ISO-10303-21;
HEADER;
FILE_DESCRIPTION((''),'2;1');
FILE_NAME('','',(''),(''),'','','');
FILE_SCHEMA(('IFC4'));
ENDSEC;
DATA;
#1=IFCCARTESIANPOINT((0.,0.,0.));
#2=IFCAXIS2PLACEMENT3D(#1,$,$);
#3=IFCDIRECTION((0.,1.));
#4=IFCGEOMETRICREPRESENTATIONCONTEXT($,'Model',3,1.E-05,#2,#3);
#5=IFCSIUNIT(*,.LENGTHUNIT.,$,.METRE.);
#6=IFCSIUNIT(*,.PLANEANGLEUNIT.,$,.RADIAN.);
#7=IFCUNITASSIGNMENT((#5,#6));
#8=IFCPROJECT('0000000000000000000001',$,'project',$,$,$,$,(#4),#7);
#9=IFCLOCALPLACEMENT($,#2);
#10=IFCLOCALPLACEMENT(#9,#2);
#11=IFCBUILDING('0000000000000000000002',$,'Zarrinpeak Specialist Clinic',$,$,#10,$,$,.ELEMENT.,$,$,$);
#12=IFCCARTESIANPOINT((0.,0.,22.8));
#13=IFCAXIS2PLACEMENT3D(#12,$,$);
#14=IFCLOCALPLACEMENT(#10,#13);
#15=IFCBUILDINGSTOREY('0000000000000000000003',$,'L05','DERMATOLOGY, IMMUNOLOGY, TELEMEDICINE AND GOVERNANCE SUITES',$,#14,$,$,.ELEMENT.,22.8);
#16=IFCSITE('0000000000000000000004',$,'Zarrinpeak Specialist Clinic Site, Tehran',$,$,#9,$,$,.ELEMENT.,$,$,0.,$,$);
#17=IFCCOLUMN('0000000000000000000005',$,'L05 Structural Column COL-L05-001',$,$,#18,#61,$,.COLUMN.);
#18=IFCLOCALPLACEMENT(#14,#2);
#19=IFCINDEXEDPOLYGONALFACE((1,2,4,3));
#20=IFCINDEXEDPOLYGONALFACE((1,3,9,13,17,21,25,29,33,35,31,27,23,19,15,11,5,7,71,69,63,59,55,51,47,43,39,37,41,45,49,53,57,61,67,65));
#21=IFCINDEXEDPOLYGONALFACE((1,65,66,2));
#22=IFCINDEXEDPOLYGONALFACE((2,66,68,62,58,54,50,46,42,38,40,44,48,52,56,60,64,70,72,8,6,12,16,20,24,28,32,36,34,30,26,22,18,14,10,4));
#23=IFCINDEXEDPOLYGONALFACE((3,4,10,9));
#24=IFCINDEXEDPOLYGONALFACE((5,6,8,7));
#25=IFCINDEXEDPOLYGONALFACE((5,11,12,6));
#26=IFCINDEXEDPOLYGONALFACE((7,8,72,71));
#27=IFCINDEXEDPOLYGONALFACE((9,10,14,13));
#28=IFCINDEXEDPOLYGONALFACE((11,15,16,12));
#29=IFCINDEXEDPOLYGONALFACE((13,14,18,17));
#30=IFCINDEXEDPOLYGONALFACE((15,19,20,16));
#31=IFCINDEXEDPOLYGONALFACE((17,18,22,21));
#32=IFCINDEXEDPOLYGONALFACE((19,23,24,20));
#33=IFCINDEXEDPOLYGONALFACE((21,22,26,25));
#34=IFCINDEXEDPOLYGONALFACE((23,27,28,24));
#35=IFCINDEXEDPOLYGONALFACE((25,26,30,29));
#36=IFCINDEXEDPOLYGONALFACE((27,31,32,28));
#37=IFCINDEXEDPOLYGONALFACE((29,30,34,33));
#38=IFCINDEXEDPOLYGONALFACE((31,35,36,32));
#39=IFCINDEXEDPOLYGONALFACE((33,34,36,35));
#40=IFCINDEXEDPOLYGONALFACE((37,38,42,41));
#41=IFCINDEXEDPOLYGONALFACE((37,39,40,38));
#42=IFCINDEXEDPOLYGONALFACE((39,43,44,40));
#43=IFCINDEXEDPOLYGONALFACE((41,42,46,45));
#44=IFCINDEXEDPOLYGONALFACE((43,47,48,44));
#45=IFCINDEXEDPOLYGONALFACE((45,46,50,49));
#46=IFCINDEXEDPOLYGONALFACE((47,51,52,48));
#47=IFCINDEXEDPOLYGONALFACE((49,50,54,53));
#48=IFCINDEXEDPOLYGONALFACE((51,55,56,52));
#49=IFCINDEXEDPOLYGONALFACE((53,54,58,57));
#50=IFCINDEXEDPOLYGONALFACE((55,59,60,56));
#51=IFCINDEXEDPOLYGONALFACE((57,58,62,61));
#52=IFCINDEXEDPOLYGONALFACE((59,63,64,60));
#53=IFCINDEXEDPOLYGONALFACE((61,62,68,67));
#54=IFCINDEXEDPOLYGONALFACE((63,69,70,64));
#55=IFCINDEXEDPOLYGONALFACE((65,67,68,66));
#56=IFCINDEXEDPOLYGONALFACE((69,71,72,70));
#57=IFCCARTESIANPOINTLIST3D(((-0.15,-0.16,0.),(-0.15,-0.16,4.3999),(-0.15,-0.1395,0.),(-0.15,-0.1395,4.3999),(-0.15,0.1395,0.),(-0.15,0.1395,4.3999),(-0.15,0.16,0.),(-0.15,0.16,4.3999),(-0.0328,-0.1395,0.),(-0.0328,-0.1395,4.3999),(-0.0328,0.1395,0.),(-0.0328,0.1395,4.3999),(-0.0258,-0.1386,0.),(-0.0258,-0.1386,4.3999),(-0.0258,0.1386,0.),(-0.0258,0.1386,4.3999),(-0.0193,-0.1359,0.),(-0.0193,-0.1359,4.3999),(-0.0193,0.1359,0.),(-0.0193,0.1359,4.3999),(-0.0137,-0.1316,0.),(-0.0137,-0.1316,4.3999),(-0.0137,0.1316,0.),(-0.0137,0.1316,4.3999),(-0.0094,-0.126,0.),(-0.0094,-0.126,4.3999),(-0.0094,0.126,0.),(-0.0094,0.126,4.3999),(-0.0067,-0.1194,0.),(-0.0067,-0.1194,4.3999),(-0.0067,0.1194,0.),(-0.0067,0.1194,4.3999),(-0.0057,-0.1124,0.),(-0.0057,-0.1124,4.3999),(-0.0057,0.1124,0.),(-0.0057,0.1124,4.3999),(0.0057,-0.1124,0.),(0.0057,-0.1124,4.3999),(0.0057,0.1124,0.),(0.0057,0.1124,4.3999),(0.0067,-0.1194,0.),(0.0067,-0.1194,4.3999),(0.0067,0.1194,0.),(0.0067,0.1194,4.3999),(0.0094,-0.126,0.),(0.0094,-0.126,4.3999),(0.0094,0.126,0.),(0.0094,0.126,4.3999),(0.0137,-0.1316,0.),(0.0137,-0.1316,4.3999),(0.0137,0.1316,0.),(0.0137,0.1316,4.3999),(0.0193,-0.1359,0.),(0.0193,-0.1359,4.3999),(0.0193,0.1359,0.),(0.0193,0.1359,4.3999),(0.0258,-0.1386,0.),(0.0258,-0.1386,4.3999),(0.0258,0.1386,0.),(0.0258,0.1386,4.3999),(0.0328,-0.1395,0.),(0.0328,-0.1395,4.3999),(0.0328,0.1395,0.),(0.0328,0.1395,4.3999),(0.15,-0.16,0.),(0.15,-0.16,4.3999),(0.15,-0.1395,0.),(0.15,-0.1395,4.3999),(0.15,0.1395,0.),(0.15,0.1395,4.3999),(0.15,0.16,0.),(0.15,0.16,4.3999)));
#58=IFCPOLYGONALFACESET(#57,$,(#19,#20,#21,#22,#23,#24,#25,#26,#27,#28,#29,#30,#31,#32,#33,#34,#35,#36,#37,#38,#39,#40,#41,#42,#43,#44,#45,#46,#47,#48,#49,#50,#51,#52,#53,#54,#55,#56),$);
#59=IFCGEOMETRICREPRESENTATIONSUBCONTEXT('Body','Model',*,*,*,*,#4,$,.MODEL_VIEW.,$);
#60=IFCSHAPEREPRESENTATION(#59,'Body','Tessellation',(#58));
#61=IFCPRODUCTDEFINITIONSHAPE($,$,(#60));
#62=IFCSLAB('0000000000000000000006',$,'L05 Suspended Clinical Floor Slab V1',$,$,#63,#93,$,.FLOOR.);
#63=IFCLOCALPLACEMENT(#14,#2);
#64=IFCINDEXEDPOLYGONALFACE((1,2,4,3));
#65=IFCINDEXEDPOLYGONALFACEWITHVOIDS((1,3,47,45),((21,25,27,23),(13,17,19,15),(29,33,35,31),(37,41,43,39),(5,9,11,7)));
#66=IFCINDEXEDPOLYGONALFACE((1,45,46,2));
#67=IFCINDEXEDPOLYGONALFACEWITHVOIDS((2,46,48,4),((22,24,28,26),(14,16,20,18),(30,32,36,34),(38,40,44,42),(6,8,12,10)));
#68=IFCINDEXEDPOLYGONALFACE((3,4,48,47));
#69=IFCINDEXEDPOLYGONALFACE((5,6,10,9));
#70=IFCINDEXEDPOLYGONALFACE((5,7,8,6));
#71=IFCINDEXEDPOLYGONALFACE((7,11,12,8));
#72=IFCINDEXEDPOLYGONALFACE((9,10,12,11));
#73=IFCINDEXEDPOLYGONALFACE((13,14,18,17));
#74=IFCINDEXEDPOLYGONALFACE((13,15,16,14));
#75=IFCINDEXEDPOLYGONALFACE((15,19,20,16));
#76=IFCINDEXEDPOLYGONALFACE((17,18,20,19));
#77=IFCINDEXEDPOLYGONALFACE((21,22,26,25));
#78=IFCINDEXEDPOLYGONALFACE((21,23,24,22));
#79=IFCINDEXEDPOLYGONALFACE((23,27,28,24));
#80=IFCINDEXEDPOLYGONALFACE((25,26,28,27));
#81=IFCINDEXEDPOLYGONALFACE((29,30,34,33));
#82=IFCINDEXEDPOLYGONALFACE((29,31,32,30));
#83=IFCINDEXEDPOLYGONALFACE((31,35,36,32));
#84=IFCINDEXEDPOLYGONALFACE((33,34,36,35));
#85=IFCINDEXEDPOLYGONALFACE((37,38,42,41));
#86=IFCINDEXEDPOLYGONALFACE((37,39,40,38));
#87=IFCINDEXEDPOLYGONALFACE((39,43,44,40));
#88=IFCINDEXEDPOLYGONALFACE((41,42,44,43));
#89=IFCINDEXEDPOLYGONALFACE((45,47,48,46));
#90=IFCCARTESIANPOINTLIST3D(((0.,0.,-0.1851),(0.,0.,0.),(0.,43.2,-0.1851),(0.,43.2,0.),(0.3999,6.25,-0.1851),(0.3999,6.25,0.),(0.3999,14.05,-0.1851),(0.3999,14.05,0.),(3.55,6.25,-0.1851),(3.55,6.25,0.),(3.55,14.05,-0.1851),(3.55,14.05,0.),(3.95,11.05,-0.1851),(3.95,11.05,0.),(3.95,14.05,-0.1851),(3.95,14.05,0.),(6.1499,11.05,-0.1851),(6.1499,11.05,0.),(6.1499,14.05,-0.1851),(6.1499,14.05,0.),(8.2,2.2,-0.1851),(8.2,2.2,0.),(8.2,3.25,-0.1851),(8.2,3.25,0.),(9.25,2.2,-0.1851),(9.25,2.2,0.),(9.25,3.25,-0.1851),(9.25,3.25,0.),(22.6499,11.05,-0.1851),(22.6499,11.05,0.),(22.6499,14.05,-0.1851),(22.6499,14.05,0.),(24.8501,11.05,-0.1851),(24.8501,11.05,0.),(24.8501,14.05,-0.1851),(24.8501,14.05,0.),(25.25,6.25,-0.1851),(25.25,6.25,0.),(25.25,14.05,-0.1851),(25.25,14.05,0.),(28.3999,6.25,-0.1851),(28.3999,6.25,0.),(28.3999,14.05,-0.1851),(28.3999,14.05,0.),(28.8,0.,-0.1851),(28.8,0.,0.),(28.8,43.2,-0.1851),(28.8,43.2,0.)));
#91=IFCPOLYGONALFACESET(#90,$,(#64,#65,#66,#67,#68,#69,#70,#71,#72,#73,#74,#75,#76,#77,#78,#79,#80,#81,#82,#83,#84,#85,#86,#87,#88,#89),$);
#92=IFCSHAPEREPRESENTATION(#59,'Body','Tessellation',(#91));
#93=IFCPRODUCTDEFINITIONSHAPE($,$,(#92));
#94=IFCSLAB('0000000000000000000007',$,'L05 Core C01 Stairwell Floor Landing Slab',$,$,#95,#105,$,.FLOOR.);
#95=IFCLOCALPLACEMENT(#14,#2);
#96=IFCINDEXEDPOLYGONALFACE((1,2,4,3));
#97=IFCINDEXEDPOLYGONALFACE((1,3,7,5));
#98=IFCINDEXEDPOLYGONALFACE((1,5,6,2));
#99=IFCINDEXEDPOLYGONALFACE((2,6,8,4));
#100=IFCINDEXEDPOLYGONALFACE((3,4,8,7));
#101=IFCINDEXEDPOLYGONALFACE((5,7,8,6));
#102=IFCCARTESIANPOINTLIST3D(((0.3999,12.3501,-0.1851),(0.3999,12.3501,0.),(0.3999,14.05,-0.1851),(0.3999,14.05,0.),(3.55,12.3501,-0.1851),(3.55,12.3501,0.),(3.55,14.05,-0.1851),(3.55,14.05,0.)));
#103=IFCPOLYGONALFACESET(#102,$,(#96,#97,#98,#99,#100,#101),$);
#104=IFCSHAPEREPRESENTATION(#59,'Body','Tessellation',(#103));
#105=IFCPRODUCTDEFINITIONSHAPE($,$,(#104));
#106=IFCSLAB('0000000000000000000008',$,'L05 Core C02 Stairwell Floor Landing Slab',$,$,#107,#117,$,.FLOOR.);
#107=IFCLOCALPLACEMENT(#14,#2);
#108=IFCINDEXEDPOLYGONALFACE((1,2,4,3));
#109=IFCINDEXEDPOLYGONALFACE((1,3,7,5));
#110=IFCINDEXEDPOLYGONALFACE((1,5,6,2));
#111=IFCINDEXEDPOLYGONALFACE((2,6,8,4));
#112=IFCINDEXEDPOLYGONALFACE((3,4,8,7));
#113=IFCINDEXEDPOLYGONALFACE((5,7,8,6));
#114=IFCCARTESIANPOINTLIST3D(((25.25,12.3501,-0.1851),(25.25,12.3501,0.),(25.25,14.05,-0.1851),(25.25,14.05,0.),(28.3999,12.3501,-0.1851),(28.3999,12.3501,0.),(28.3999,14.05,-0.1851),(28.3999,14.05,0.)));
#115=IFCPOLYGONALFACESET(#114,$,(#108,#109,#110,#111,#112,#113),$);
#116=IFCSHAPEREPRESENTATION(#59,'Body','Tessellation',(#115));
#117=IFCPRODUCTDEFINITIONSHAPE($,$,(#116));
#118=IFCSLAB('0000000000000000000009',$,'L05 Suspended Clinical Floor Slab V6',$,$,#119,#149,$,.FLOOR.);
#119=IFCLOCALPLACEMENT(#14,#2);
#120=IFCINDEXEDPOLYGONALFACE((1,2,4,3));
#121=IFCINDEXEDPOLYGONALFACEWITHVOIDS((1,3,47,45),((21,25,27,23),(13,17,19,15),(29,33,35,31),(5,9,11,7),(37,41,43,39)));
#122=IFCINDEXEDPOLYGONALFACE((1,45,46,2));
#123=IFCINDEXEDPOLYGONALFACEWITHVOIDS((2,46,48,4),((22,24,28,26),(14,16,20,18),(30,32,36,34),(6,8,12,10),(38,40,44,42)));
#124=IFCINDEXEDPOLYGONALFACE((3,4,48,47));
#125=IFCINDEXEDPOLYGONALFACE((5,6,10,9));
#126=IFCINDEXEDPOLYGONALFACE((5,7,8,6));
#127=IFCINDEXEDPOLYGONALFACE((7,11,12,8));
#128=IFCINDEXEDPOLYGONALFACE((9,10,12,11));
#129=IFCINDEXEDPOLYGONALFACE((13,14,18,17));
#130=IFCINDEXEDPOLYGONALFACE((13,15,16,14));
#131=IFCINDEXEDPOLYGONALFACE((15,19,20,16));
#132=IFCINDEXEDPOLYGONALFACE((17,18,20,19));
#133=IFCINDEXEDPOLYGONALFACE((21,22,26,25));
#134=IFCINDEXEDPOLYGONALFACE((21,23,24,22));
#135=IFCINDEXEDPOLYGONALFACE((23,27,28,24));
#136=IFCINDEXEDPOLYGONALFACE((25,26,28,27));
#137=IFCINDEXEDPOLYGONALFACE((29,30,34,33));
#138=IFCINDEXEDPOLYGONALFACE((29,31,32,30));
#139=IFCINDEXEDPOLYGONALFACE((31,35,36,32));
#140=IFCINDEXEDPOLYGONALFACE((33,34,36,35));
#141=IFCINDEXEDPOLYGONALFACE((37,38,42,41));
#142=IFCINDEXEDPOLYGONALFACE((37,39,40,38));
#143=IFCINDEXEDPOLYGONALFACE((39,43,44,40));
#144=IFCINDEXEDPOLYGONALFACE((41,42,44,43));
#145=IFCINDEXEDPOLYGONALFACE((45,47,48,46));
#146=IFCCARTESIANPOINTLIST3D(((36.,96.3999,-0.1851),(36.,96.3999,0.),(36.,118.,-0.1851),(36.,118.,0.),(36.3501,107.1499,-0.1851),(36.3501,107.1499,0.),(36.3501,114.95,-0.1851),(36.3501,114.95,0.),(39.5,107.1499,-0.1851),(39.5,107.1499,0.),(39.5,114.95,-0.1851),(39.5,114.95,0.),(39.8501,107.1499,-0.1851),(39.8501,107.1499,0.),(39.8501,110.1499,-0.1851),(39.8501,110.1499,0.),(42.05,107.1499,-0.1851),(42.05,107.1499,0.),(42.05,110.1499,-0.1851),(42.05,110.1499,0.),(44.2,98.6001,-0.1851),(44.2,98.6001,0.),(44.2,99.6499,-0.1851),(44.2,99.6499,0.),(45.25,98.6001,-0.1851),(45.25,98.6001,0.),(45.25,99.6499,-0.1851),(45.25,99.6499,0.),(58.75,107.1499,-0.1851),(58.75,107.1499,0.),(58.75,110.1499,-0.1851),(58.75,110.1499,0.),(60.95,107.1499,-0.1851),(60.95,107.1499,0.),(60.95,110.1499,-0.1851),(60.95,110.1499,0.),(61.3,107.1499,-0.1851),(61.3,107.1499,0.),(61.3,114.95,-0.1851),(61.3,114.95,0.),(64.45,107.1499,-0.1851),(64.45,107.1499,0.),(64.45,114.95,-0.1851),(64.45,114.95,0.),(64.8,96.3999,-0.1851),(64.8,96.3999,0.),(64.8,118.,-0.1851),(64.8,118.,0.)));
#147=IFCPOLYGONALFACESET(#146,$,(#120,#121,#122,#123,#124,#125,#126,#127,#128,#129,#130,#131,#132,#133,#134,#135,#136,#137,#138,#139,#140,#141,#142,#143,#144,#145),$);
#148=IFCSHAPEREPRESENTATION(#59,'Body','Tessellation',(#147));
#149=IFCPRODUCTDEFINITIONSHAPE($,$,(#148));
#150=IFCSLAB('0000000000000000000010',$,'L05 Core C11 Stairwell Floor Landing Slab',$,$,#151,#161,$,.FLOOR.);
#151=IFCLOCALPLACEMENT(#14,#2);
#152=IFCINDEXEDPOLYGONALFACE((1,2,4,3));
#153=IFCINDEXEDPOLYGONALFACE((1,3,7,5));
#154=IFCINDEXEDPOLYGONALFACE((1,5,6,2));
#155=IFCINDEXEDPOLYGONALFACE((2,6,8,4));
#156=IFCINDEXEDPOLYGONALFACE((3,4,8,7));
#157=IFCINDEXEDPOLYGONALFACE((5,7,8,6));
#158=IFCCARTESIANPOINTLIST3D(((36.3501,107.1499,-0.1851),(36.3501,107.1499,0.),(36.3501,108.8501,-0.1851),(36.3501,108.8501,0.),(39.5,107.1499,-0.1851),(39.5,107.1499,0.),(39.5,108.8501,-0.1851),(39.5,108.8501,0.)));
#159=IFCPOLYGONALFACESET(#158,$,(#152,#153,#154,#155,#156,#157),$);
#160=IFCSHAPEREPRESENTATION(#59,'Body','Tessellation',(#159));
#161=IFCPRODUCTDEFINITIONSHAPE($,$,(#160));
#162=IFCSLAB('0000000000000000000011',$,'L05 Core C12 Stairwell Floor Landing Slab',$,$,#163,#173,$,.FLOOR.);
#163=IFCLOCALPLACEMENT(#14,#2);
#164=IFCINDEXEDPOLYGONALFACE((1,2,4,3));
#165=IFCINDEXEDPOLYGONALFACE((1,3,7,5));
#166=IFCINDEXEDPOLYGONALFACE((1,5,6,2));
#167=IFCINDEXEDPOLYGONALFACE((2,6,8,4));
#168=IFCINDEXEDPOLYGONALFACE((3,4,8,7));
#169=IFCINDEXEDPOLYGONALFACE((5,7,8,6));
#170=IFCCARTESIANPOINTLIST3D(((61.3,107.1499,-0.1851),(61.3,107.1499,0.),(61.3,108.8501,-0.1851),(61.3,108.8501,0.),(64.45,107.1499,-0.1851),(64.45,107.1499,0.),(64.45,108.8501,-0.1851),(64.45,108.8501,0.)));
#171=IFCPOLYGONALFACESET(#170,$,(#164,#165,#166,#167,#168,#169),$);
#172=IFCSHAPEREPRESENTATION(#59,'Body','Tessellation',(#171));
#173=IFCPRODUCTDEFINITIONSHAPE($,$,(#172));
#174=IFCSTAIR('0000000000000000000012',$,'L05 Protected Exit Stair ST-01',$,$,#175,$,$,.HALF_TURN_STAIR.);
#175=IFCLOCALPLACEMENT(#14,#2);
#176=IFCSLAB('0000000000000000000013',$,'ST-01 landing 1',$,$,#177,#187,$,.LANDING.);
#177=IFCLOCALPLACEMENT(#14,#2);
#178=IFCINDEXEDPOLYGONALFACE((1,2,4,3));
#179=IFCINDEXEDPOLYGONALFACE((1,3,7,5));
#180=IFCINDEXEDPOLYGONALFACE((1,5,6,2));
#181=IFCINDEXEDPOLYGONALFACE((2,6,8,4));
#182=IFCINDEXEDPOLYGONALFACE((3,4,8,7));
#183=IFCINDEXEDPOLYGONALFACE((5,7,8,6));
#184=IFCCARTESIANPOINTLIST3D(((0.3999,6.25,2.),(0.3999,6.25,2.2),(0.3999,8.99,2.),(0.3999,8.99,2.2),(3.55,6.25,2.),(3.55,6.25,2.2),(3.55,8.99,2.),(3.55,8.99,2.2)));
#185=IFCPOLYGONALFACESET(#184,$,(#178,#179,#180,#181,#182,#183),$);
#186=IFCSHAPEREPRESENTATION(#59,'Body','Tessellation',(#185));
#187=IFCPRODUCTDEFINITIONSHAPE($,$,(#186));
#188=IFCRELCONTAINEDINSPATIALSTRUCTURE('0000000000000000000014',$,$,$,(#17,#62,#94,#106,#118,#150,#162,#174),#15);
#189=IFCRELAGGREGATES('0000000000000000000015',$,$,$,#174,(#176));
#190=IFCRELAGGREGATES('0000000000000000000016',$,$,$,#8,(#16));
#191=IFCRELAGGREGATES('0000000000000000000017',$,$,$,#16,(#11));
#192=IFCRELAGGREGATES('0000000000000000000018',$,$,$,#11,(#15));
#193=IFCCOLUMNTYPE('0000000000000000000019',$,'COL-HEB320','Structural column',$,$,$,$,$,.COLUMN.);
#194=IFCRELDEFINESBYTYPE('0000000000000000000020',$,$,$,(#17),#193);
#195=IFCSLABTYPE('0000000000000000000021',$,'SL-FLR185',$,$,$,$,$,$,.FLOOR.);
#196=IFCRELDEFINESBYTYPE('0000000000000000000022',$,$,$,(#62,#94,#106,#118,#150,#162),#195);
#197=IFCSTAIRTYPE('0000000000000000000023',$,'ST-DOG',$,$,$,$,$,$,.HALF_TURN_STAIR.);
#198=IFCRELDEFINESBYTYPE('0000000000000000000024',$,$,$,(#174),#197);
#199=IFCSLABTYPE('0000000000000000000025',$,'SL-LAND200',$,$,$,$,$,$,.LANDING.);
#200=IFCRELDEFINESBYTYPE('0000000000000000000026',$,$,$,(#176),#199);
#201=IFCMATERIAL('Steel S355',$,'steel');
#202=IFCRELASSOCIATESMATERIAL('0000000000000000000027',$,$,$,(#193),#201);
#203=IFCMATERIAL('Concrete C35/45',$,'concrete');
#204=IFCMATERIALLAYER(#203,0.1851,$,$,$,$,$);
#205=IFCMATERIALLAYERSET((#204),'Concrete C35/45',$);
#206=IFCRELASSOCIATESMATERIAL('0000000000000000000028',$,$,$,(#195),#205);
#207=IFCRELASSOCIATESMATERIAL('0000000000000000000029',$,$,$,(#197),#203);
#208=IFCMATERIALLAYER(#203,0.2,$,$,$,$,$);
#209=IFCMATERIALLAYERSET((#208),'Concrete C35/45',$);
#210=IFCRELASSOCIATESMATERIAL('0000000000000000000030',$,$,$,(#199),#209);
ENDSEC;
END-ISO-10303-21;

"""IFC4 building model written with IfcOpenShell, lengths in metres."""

from ifc_helpers import new_model, si_unit, direction, frame, origin, origin_with_axes, origin_2d, place, context, subcontext, project, spatial, polyline, i_section, outline, extrude, material, layer, layer_set, material_profile, profile_set, type_object, element, aggregate, save


model = new_model("IFC4")

# Units and contexts
model_context = context("Model", 3, precision=1e-05, world=origin(), true_north=direction((0.0, 1.0)))
body_context = subcontext(model_context, "Body", "Model", "MODEL_VIEW")
ifc_project = project(units=[si_unit("LENGTHUNIT", "METRE"), si_unit("PLANEANGLEUNIT", "RADIAN")], contexts=[model_context])

# Site, building, storey
site_placement = place(None, origin())
site = spatial("IfcSite", under=ifc_project, at=site_placement, Name="Zarrinpeak Specialist Clinic Site, Tehran", CompositionType="ELEMENT", RefElevation=0.0)
building_placement = place(site_placement, origin())
building = spatial("IfcBuilding", under=site, at=building_placement, Name="Zarrinpeak Specialist Clinic", CompositionType="ELEMENT")
storey_placement = place(building_placement, frame((0.0, 0.0, 22.8)))
storey = spatial("IfcBuildingStorey", under=building, at=storey_placement, Name="L05", Description="DERMATOLOGY, IMMUNOLOGY, TELEMEDICINE AND GOVERNANCE SUITES", CompositionType="ELEMENT", Elevation=22.8)

# Column
ifc_material_1 = material(Name="Steel S355", Category="steel")
ifc_material_profile = material_profile(ifc_material_1, i_section(OverallWidth=0.3, OverallDepth=0.3201, WebThickness=0.0115, FlangeThickness=0.0205, FilletRadius=0.0271, at=origin_2d()), Name="HEB 320")
ifc_profile_set = profile_set([ifc_material_profile], Name="Steel S355")
column_type = type_object("IfcColumnType", Name="COL-HEB320", Description="Structural column", PredefinedType="COLUMN", material=ifc_profile_set)
column_placement = place(storey_placement, origin_with_axes())
element("IfcColumn", 1, at=column_placement, inside=storey, type_object=column_type, Name="L05 Structural Column COL-L05-001", PredefinedType="COLUMN", context=body_context, shape_type="SweptSolid", body=[
    extrude(i_section(OverallWidth=0.3, OverallDepth=0.3201, WebThickness=0.0115, FlangeThickness=0.0205, FilletRadius=0.0271, at=origin_2d()), origin(), (0.0, 0.0, 1.0), 4.3999),
])

# Slabs
ifc_material_2 = material(Name="Concrete C35/45", Category="concrete")
ifc_layer_1 = layer(ifc_material_2, 0.1851)
ifc_layer_set_1 = layer_set([ifc_layer_1], Name="Concrete C35/45")
slab_type_1 = type_object("IfcSlabType", Name="SL-FLR185", PredefinedType="FLOOR", material=ifc_layer_set_1)
slab_1_placement = place(storey_placement, frame((0.0, 0.0, -0.1851)))
element("IfcSlab", 2, at=slab_1_placement, inside=storey, type_object=slab_type_1, Name="L05 Suspended Clinical Floor Slab V1", PredefinedType="FLOOR", context=body_context, shape_type="SweptSolid", body=[
    extrude(outline(polyline([(0.0, 0.0), (28.8, 0.0), (28.8, 43.2), (0.0, 43.2), (0.0, 0.0)]), holes=[polyline([(0.3999, 6.25), (3.55, 6.25), (3.55, 14.05), (0.3999, 14.05), (0.3999, 6.25)]), polyline([(3.95, 11.05), (6.1499, 11.05), (6.1499, 14.05), (3.95, 14.05), (3.95, 11.05)]), polyline([(25.25, 6.25), (28.3999, 6.25), (28.3999, 14.05), (25.25, 14.05), (25.25, 6.25)]), polyline([(22.6499, 11.05), (24.8501, 11.05), (24.8501, 14.05), (22.6499, 14.05), (22.6499, 11.05)]), polyline([(8.2, 2.2), (9.25, 2.2), (9.25, 3.25), (8.2, 3.25), (8.2, 2.2)])]), origin(), (0.0, 0.0, 1.0), 0.1851),
])
slab_2_placement = place(storey_placement, frame((0.0, 0.0, -0.1851)))
element("IfcSlab", 3, at=slab_2_placement, inside=storey, type_object=slab_type_1, Name="L05 Core C01 Stairwell Floor Landing Slab", PredefinedType="FLOOR", context=body_context, shape_type="SweptSolid", body=[
    extrude(outline(polyline([(0.3999, 12.3501), (3.55, 12.3501), (3.55, 14.05), (0.3999, 14.05), (0.3999, 12.3501)])), origin(), (0.0, 0.0, 1.0), 0.1851),
])
slab_3_placement = place(storey_placement, frame((0.0, 0.0, -0.1851)))
element("IfcSlab", 4, at=slab_3_placement, inside=storey, type_object=slab_type_1, Name="L05 Core C02 Stairwell Floor Landing Slab", PredefinedType="FLOOR", context=body_context, shape_type="SweptSolid", body=[
    extrude(outline(polyline([(25.25, 12.3501), (28.3999, 12.3501), (28.3999, 14.05), (25.25, 14.05), (25.25, 12.3501)])), origin(), (0.0, 0.0, 1.0), 0.1851),
])
slab_4_placement = place(storey_placement, frame((0.0, 0.0, -0.1851)))
element("IfcSlab", 5, at=slab_4_placement, inside=storey, type_object=slab_type_1, Name="L05 Suspended Clinical Floor Slab V6", PredefinedType="FLOOR", context=body_context, shape_type="SweptSolid", body=[
    extrude(outline(polyline([(36.0, 96.3999), (64.8, 96.3999), (64.8, 118.0), (36.0, 118.0), (36.0, 96.3999)]), holes=[polyline([(36.3501, 107.1499), (39.5, 107.1499), (39.5, 114.95), (36.3501, 114.95), (36.3501, 107.1499)]), polyline([(39.8501, 107.1499), (42.05, 107.1499), (42.05, 110.1499), (39.8501, 110.1499), (39.8501, 107.1499)]), polyline([(61.3, 107.1499), (64.45, 107.1499), (64.45, 114.95), (61.3, 114.95), (61.3, 107.1499)]), polyline([(58.75, 107.1499), (60.95, 107.1499), (60.95, 110.1499), (58.75, 110.1499), (58.75, 107.1499)]), polyline([(44.2, 98.6001), (45.25, 98.6001), (45.25, 99.6499), (44.2, 99.6499), (44.2, 98.6001)])]), origin(), (0.0, 0.0, 1.0), 0.1851),
])
slab_5_placement = place(storey_placement, frame((0.0, 0.0, -0.1851)))
element("IfcSlab", 6, at=slab_5_placement, inside=storey, type_object=slab_type_1, Name="L05 Core C11 Stairwell Floor Landing Slab", PredefinedType="FLOOR", context=body_context, shape_type="SweptSolid", body=[
    extrude(outline(polyline([(36.3501, 107.1499), (39.5, 107.1499), (39.5, 108.8501), (36.3501, 108.8501), (36.3501, 107.1499)])), origin(), (0.0, 0.0, 1.0), 0.1851),
])
slab_6_placement = place(storey_placement, frame((0.0, 0.0, -0.1851)))
element("IfcSlab", 7, at=slab_6_placement, inside=storey, type_object=slab_type_1, Name="L05 Core C12 Stairwell Floor Landing Slab", PredefinedType="FLOOR", context=body_context, shape_type="SweptSolid", body=[
    extrude(outline(polyline([(61.3, 107.1499), (64.45, 107.1499), (64.45, 108.8501), (61.3, 108.8501), (61.3, 107.1499)])), origin(), (0.0, 0.0, 1.0), 0.1851),
])

# Stair, slab
stair_type = type_object("IfcStairType", Name="ST-DOG", PredefinedType="HALF_TURN_STAIR", material=ifc_material_2)
stair_1_placement = place(storey_placement, origin())
stair_1 = element("IfcStair", 8, at=stair_1_placement, inside=storey, type_object=stair_type, Name="L05 Protected Exit Stair ST-01", PredefinedType="HALF_TURN_STAIR")
ifc_layer_2 = layer(ifc_material_2, 0.2)
ifc_layer_set_2 = layer_set([ifc_layer_2], Name="Concrete C35/45")
slab_type_2 = type_object("IfcSlabType", Name="SL-LAND200", PredefinedType="LANDING", material=ifc_layer_set_2)
slab_7_placement = place(storey_placement, frame((0.0, 0.0, 2.0)))
slab_7 = element("IfcSlab", 9, at=slab_7_placement, type_object=slab_type_2, Name="ST-01 landing 1", PredefinedType="LANDING", context=body_context, shape_type="SweptSolid", body=[
    extrude(outline(polyline([(0.3999, 8.99), (0.3999, 6.25), (3.55, 6.25), (3.55, 8.99), (0.3999, 8.99)])), origin(), (0.0, 0.0, 1.0), 0.2),
])
aggregate(stair_1, [slab_7])

save(model, "model.ifc")
